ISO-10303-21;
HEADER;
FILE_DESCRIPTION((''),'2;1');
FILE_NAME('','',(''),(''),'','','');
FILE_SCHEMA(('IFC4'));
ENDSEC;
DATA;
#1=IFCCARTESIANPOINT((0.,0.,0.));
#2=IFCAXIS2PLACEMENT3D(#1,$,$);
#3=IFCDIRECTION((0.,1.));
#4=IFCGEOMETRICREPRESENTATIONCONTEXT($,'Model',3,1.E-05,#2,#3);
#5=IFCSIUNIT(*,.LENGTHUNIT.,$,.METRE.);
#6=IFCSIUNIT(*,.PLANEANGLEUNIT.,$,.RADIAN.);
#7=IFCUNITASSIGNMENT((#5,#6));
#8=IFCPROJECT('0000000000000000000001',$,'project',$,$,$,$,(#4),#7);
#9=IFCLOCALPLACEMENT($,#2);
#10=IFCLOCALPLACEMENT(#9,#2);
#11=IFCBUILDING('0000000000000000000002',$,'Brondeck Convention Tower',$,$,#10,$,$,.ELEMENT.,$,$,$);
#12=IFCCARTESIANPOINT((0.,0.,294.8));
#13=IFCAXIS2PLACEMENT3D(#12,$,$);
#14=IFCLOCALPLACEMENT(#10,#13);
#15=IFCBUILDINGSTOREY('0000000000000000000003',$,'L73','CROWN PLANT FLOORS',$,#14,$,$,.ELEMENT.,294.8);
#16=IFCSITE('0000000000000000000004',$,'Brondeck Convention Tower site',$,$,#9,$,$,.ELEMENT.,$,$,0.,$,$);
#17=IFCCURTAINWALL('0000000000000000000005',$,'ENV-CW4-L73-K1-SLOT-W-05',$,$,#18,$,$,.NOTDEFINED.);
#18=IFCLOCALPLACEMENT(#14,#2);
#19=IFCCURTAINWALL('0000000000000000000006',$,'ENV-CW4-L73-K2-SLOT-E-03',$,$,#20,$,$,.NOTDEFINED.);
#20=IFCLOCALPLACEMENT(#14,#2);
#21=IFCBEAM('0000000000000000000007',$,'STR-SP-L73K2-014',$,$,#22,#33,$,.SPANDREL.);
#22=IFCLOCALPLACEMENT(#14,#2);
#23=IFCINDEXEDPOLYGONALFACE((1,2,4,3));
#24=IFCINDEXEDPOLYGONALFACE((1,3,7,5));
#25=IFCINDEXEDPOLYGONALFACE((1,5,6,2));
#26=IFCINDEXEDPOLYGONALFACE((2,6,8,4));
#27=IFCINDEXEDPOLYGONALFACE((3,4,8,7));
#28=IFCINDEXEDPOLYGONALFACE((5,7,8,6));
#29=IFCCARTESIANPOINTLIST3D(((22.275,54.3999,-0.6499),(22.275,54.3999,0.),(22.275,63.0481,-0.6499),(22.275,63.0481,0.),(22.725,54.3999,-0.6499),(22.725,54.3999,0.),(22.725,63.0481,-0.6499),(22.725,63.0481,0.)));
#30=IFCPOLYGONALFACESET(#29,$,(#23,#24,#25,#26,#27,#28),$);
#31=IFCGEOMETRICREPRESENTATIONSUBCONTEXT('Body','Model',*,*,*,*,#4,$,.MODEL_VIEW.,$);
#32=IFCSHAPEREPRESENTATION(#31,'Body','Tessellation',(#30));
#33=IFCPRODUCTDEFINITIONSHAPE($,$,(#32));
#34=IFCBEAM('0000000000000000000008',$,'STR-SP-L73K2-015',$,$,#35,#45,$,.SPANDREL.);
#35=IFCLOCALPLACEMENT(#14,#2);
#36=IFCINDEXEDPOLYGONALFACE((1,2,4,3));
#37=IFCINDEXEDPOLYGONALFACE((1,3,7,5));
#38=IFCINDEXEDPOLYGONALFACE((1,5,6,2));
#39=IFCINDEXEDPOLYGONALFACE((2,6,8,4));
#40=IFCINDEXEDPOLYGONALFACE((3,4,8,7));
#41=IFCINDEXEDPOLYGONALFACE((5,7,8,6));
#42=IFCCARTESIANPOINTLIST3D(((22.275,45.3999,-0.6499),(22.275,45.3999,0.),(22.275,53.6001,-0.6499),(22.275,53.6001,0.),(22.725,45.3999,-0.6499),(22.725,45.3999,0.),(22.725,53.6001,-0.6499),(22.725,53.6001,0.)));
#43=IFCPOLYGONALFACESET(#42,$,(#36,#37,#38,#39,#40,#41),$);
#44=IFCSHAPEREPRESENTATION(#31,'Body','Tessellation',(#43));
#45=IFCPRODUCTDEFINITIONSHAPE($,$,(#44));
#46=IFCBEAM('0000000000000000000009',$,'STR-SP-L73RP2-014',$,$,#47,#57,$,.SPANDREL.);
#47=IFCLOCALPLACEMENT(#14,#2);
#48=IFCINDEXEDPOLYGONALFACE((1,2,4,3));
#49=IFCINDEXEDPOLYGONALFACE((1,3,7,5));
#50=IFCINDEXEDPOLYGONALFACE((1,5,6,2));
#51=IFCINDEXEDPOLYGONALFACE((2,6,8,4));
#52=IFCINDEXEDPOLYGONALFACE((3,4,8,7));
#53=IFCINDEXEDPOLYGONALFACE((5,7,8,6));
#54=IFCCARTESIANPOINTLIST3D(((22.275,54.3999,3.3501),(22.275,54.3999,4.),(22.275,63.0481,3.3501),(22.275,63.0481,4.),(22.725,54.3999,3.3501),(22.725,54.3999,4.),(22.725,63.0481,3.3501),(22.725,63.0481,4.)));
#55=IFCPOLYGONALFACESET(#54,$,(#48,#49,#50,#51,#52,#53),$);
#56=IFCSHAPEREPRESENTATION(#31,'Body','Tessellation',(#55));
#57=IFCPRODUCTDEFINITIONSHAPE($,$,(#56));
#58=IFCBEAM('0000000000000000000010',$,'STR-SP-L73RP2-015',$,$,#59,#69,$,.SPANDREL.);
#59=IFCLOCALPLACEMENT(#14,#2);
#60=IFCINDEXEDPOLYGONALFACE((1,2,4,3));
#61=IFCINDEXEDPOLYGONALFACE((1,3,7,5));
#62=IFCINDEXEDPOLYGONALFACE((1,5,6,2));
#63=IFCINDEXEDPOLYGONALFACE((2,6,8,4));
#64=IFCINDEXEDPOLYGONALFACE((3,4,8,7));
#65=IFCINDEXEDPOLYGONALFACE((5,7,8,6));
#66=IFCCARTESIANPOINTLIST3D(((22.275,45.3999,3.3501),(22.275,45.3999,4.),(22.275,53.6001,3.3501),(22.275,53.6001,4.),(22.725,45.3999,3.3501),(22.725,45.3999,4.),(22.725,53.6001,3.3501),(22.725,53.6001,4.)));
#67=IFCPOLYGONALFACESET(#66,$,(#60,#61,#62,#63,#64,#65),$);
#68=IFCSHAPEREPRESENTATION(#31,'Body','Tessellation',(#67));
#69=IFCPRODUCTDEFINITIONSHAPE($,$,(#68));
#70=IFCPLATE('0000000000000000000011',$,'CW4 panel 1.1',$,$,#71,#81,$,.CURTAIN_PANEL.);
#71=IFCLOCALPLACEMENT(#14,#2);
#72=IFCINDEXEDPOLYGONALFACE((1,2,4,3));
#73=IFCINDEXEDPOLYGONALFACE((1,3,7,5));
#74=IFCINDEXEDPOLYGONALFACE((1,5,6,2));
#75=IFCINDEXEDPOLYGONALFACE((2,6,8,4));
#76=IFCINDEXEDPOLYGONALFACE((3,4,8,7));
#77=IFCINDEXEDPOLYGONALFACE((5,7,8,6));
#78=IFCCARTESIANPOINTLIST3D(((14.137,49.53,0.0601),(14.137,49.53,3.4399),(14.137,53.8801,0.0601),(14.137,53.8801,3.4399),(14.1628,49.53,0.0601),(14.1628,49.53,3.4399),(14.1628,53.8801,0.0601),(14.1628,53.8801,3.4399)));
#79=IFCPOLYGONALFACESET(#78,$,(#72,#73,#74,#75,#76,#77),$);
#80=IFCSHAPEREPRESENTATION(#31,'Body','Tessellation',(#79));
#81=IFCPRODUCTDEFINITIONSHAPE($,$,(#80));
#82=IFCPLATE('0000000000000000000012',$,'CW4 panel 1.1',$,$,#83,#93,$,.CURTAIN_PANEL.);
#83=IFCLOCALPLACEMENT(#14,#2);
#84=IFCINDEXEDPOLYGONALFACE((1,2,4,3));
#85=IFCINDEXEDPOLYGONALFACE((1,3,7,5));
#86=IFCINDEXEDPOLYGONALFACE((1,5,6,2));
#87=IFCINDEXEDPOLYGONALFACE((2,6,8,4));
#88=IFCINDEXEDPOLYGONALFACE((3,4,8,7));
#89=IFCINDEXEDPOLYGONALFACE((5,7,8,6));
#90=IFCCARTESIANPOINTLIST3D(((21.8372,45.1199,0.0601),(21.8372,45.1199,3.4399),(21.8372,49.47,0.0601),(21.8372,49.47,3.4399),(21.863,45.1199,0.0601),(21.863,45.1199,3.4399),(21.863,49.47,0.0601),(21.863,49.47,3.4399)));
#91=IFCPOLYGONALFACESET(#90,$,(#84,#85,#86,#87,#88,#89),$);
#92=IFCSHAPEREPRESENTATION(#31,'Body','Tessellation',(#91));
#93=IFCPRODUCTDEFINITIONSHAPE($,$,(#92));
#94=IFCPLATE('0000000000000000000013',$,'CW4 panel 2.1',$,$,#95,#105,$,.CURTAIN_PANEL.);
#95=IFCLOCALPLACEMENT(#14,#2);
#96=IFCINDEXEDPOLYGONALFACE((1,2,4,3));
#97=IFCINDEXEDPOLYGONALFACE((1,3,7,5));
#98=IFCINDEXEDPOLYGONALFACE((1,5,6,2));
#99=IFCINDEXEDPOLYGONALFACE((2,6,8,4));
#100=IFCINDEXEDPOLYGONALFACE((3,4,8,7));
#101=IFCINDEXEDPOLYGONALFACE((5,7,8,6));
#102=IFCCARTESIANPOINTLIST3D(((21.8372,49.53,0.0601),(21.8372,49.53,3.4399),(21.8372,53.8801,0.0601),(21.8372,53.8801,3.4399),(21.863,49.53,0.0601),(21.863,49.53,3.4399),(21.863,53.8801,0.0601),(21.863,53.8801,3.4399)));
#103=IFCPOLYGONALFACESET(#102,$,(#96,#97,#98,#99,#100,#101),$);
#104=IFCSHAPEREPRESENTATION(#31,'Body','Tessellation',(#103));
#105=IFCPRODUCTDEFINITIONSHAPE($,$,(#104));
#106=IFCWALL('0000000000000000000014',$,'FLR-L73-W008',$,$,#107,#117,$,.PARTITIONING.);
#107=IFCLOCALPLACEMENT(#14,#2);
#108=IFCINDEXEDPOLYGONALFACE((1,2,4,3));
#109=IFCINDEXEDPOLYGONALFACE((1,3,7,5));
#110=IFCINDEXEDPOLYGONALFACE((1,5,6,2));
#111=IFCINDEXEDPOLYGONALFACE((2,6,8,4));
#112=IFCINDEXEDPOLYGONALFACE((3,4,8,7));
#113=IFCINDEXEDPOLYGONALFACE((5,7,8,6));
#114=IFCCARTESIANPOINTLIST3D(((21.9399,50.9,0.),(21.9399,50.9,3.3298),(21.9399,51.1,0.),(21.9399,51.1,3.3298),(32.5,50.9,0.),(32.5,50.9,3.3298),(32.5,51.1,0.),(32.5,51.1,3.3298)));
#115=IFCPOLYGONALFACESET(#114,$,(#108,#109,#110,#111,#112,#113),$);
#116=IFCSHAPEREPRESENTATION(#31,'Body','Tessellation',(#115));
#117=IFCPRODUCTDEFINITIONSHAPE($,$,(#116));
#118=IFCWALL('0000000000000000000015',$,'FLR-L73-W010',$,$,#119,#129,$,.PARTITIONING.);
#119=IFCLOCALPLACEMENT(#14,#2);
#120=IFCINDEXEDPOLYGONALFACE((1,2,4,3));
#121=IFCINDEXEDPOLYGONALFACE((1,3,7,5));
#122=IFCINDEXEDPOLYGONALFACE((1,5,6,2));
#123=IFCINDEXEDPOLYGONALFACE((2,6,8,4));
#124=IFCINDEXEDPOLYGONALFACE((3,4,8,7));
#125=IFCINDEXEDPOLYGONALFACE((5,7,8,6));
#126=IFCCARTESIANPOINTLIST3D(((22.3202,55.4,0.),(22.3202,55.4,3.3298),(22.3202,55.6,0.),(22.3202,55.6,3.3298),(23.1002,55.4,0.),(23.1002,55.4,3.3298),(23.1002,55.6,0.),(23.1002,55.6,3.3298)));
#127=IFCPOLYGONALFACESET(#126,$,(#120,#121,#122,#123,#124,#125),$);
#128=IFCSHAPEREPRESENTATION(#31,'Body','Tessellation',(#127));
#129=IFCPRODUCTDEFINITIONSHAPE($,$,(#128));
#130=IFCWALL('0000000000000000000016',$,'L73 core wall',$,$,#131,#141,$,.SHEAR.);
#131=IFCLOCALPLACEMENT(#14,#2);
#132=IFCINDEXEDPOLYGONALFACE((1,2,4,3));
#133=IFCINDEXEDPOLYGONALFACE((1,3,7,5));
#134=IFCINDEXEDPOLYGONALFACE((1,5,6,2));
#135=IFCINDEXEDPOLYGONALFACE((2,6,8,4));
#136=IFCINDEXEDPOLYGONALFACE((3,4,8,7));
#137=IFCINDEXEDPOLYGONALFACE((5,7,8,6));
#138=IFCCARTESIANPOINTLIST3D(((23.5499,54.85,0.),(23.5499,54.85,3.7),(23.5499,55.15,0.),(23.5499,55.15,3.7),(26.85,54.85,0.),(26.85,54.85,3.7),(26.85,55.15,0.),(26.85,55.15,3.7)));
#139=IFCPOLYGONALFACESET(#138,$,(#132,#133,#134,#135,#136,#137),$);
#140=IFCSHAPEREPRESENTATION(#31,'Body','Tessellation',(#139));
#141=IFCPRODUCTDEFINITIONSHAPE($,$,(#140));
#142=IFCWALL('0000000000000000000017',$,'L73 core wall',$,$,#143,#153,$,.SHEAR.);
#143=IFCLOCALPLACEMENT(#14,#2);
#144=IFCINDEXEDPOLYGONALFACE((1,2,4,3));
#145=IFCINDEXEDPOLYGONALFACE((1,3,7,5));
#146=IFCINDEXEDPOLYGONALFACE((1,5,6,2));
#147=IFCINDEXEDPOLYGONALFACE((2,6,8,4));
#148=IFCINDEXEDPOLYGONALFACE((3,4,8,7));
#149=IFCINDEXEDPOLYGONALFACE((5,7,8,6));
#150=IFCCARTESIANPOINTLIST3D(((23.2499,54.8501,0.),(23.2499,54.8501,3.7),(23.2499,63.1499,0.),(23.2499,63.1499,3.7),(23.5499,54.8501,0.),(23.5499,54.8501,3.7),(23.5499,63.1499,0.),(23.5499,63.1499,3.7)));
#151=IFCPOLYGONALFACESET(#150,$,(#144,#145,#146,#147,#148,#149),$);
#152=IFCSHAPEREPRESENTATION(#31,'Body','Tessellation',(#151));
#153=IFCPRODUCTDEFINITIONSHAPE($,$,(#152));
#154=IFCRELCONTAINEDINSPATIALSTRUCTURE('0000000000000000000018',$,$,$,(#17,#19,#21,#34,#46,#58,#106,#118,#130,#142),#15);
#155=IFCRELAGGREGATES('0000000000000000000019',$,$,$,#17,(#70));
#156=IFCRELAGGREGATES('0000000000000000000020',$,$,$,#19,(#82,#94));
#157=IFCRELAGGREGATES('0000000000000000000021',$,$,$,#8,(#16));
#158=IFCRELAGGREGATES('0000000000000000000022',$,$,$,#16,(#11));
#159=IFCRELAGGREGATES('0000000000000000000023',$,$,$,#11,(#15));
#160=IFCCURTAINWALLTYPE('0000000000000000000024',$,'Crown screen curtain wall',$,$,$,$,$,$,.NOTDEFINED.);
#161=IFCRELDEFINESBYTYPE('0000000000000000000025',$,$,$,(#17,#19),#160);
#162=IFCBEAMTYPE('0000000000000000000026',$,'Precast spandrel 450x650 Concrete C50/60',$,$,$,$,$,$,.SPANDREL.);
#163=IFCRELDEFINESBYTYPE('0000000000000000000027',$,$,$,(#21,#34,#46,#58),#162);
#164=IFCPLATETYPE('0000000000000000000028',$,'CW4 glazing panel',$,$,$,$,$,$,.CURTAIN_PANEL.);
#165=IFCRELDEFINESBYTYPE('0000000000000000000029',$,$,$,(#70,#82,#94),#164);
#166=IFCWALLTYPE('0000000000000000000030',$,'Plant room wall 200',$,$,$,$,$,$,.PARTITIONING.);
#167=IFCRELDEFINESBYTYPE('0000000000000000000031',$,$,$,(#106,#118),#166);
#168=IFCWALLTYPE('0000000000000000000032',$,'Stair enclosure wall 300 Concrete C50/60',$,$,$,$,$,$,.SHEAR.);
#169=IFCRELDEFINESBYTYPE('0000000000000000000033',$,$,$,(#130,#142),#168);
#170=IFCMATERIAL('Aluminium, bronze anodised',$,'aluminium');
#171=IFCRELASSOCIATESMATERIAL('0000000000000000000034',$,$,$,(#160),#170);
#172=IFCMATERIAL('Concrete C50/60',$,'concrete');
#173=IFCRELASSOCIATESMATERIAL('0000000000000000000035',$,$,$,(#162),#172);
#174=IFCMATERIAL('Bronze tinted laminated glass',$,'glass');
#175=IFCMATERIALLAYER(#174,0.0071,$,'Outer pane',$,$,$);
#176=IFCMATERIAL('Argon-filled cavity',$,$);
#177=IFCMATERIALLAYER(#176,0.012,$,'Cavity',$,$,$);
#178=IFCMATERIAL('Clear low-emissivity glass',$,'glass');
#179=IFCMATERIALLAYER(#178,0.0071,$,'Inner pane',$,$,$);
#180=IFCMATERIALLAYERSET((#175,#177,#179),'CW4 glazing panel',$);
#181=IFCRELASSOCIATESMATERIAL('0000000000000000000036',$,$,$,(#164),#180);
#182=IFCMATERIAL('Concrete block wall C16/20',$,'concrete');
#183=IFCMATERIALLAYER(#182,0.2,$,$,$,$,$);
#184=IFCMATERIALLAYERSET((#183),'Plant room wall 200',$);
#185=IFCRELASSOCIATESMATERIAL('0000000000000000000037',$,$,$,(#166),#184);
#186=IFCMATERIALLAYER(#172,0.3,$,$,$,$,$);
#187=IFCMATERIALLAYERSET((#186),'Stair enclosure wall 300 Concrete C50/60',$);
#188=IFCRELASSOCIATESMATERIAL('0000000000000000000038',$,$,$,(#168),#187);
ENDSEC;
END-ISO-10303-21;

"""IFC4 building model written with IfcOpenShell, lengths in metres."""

from ifc_helpers import new_model, si_unit, direction, frame, frame_2d, origin, origin_2d, place, context, subcontext, project, spatial, rectangle, extrude, material, layer, layer_set, material_profile, profile_set, type_object, element, aggregate, save


model = new_model("IFC4")

# Units and contexts
model_context = context("Model", 3, precision=1e-05, world=origin(), true_north=direction((0.0, 1.0)))
body_context = subcontext(model_context, "Body", "Model", "MODEL_VIEW")
ifc_project = project(units=[si_unit("LENGTHUNIT", "METRE"), si_unit("PLANEANGLEUNIT", "RADIAN")], contexts=[model_context])

# Site, building, storey
site_placement = place(None, origin())
site = spatial("IfcSite", under=ifc_project, at=site_placement, Name="Brondeck Convention Tower site", CompositionType="ELEMENT", RefElevation=0.0)
building_placement = place(site_placement, origin())
building = spatial("IfcBuilding", under=site, at=building_placement, Name="Brondeck Convention Tower", CompositionType="ELEMENT")
storey_placement = place(building_placement, frame((0.0, 0.0, 294.8)))
storey = spatial("IfcBuildingStorey", under=building, at=storey_placement, Name="L73", Description="CROWN PLANT FLOORS", CompositionType="ELEMENT", Elevation=294.8)

# Shared definitions
ifc_material_1 = material(Name="Concrete C50/60", Category="concrete")

# Curtain wall
ifc_material_2 = material(Name="Aluminium, bronze anodised", Category="aluminium")
curtain_wall_type = type_object("IfcCurtainWallType", Name="Crown screen curtain wall", PredefinedType="NOTDEFINED", material=ifc_material_2)
curtain_wall_1_placement = place(storey_placement, origin())
curtain_wall_1 = element("IfcCurtainWall", 1, at=curtain_wall_1_placement, inside=storey, type_object=curtain_wall_type, Name="ENV-CW4-L73-K1-SLOT-W-05", PredefinedType="NOTDEFINED")

# Curtain wall
curtain_wall_2_placement = place(storey_placement, origin())
curtain_wall_2 = element("IfcCurtainWall", 2, at=curtain_wall_2_placement, inside=storey, type_object=curtain_wall_type, Name="ENV-CW4-L73-K2-SLOT-E-03", PredefinedType="NOTDEFINED")

# Beams
ifc_material_profile_1 = material_profile(ifc_material_1, rectangle(XDim=0.45, YDim=0.6499, at=origin_2d()), Name="Precast spandrel 450x650 Concrete C50/60")
ifc_profile_set_1 = profile_set([ifc_material_profile_1], Name="Concrete C50/60")
beam_type_1 = type_object("IfcBeamType", Name="Precast spandrel 450x650 Concrete C50/60", PredefinedType="SPANDREL", material=ifc_profile_set_1)
beam_1_placement = place(storey_placement, frame((22.5, 63.0481, -0.325), z_axis=(0.0, -1.0, 0.0), x_axis=(1.0, 0.0, 0.0)))
element("IfcBeam", 3, at=beam_1_placement, inside=storey, type_object=beam_type_1, Name="STR-SP-L73K2-014", PredefinedType="SPANDREL", context=body_context, shape_type="SweptSolid", body=[
    extrude(rectangle(XDim=0.45, YDim=0.6499, at=origin_2d()), origin(), (0.0, 0.0, 1.0), 8.6482),
])
beam_2_placement = place(storey_placement, frame((22.5, 53.6001, -0.325), z_axis=(0.0, -1.0, 0.0), x_axis=(1.0, 0.0, 0.0)))
element("IfcBeam", 4, at=beam_2_placement, inside=storey, type_object=beam_type_1, Name="STR-SP-L73K2-015", PredefinedType="SPANDREL", context=body_context, shape_type="SweptSolid", body=[
    extrude(rectangle(XDim=0.45, YDim=0.6499, at=origin_2d()), origin(), (0.0, 0.0, 1.0), 8.2002),
])
beam_3_placement = place(storey_placement, frame((22.5, 63.0481, 3.675), z_axis=(0.0, -1.0, 0.0), x_axis=(1.0, 0.0, 0.0)))
element("IfcBeam", 5, at=beam_3_placement, inside=storey, type_object=beam_type_1, Name="STR-SP-L73RP2-014", PredefinedType="SPANDREL", context=body_context, shape_type="SweptSolid", body=[
    extrude(rectangle(XDim=0.45, YDim=0.6499, at=origin_2d()), origin(), (0.0, 0.0, 1.0), 8.6482),
])
beam_4_placement = place(storey_placement, frame((22.5, 53.6001, 3.675), z_axis=(0.0, -1.0, 0.0), x_axis=(1.0, 0.0, 0.0)))
element("IfcBeam", 6, at=beam_4_placement, inside=storey, type_object=beam_type_1, Name="STR-SP-L73RP2-015", PredefinedType="SPANDREL", context=body_context, shape_type="SweptSolid", body=[
    extrude(rectangle(XDim=0.45, YDim=0.6499, at=origin_2d()), origin(), (0.0, 0.0, 1.0), 8.2002),
])

# Plates
ifc_material_3 = material(Name="Bronze tinted laminated glass", Category="glass")
ifc_layer_1 = layer(ifc_material_3, 0.0071, Name="Outer pane")
ifc_material_4 = material(Name="Argon-filled cavity")
ifc_layer_2 = layer(ifc_material_4, 0.012, Name="Cavity")
ifc_material_5 = material(Name="Clear low-emissivity glass", Category="glass")
ifc_layer_3 = layer(ifc_material_5, 0.0071, Name="Inner pane")
ifc_layer_set_1 = layer_set([ifc_layer_1, ifc_layer_2, ifc_layer_3], Name="CW4 glazing panel")
plate_type = type_object("IfcPlateType", Name="CW4 glazing panel", PredefinedType="CURTAIN_PANEL", material=ifc_layer_set_1)
plate_1_placement = place(storey_placement, frame((14.1499, 51.7051, 0.0601), z_axis=(0.0, 0.0, 1.0), x_axis=(0.0, -1.0, 0.0)))
plate_1 = element("IfcPlate", 7, at=plate_1_placement, type_object=plate_type, Name="CW4 panel 1.1", PredefinedType="CURTAIN_PANEL", context=body_context, shape_type="SweptSolid", body=[
    extrude(rectangle(XDim=4.3501, YDim=0.0259, at=origin_2d()), origin(), (0.0, 0.0, 1.0), 3.3799),
])
aggregate(curtain_wall_1, [plate_1])
plate_2_placement = place(storey_placement, frame((21.8501, 47.2949, 0.0601), z_axis=(0.0, 0.0, 1.0), x_axis=(0.0, 1.0, 0.0)))
plate_2 = element("IfcPlate", 8, at=plate_2_placement, type_object=plate_type, Name="CW4 panel 1.1", PredefinedType="CURTAIN_PANEL", context=body_context, shape_type="SweptSolid", body=[
    extrude(rectangle(XDim=4.3501, YDim=0.0259, at=origin_2d()), origin(), (0.0, 0.0, 1.0), 3.3799),
])
plate_3_placement = place(storey_placement, frame((21.8501, 51.7051, 0.0601), z_axis=(0.0, 0.0, 1.0), x_axis=(0.0, 1.0, 0.0)))
plate_3 = element("IfcPlate", 9, at=plate_3_placement, type_object=plate_type, Name="CW4 panel 2.1", PredefinedType="CURTAIN_PANEL", context=body_context, shape_type="SweptSolid", body=[
    extrude(rectangle(XDim=4.3501, YDim=0.0259, at=origin_2d()), origin(), (0.0, 0.0, 1.0), 3.3799),
])
aggregate(curtain_wall_2, [plate_2, plate_3])

# Walls
ifc_material_6 = material(Name="Concrete block wall C16/20", Category="concrete")
ifc_layer_4 = layer(ifc_material_6, 0.2)
ifc_layer_set_2 = layer_set([ifc_layer_4], Name="Plant room wall 200")
wall_type_1 = type_object("IfcWallType", Name="Plant room wall 200", PredefinedType="PARTITIONING", material=ifc_layer_set_2)
wall_1_placement = place(storey_placement, frame((21.9399, 51.0, 0.0), z_axis=(0.0, 0.0, 1.0), x_axis=(1.0, 0.0, 0.0)))
element("IfcWall", 10, at=wall_1_placement, inside=storey, type_object=wall_type_1, Name="FLR-L73-W008", PredefinedType="PARTITIONING", context=body_context, shape_type="SweptSolid", body=[
    extrude(rectangle(XDim=10.5601, YDim=0.2, at=frame_2d((5.28, 0.0))), origin(), (0.0, 0.0, 1.0), 3.3298),
])
wall_2_placement = place(storey_placement, frame((22.3201, 55.5, 0.0), z_axis=(0.0, 0.0, 1.0), x_axis=(1.0, 0.0, 0.0)))
element("IfcWall", 11, at=wall_2_placement, inside=storey, type_object=wall_type_1, Name="FLR-L73-W010", PredefinedType="PARTITIONING", context=body_context, shape_type="SweptSolid", body=[
    extrude(rectangle(XDim=0.78, YDim=0.2, at=frame_2d((0.3901, 0.0))), origin(), (0.0, 0.0, 1.0), 3.3298),
])
ifc_layer_5 = layer(ifc_material_1, 0.3)
ifc_layer_set_3 = layer_set([ifc_layer_5], Name="Stair enclosure wall 300 Concrete C50/60")
wall_type_2 = type_object("IfcWallType", Name="Stair enclosure wall 300 Concrete C50/60", PredefinedType="SHEAR", material=ifc_layer_set_3)
wall_3_placement = place(storey_placement, frame((23.55, 55.0, 0.0), z_axis=(0.0, 0.0, 1.0), x_axis=(1.0, 0.0, 0.0)))
element("IfcWall", 12, at=wall_3_placement, inside=storey, type_object=wall_type_2, Name="L73 core wall", PredefinedType="SHEAR", context=body_context, shape_type="SweptSolid", body=[
    extrude(rectangle(XDim=3.3, YDim=0.3, at=frame_2d((1.6499, 0.0))), origin(), (0.0, 0.0, 1.0), 3.7),
])
wall_4_placement = place(storey_placement, frame((23.3999, 54.8501, 0.0), z_axis=(0.0, 0.0, 1.0), x_axis=(0.0, 1.0, 0.0)))
element("IfcWall", 13, at=wall_4_placement, inside=storey, type_object=wall_type_2, Name="L73 core wall", PredefinedType="SHEAR", context=body_context, shape_type="SweptSolid", body=[
    extrude(rectangle(XDim=8.2998, YDim=0.3, at=frame_2d((4.1499, 0.0))), origin(), (0.0, 0.0, 1.0), 3.7),
])

save(model, "model.ifc")
